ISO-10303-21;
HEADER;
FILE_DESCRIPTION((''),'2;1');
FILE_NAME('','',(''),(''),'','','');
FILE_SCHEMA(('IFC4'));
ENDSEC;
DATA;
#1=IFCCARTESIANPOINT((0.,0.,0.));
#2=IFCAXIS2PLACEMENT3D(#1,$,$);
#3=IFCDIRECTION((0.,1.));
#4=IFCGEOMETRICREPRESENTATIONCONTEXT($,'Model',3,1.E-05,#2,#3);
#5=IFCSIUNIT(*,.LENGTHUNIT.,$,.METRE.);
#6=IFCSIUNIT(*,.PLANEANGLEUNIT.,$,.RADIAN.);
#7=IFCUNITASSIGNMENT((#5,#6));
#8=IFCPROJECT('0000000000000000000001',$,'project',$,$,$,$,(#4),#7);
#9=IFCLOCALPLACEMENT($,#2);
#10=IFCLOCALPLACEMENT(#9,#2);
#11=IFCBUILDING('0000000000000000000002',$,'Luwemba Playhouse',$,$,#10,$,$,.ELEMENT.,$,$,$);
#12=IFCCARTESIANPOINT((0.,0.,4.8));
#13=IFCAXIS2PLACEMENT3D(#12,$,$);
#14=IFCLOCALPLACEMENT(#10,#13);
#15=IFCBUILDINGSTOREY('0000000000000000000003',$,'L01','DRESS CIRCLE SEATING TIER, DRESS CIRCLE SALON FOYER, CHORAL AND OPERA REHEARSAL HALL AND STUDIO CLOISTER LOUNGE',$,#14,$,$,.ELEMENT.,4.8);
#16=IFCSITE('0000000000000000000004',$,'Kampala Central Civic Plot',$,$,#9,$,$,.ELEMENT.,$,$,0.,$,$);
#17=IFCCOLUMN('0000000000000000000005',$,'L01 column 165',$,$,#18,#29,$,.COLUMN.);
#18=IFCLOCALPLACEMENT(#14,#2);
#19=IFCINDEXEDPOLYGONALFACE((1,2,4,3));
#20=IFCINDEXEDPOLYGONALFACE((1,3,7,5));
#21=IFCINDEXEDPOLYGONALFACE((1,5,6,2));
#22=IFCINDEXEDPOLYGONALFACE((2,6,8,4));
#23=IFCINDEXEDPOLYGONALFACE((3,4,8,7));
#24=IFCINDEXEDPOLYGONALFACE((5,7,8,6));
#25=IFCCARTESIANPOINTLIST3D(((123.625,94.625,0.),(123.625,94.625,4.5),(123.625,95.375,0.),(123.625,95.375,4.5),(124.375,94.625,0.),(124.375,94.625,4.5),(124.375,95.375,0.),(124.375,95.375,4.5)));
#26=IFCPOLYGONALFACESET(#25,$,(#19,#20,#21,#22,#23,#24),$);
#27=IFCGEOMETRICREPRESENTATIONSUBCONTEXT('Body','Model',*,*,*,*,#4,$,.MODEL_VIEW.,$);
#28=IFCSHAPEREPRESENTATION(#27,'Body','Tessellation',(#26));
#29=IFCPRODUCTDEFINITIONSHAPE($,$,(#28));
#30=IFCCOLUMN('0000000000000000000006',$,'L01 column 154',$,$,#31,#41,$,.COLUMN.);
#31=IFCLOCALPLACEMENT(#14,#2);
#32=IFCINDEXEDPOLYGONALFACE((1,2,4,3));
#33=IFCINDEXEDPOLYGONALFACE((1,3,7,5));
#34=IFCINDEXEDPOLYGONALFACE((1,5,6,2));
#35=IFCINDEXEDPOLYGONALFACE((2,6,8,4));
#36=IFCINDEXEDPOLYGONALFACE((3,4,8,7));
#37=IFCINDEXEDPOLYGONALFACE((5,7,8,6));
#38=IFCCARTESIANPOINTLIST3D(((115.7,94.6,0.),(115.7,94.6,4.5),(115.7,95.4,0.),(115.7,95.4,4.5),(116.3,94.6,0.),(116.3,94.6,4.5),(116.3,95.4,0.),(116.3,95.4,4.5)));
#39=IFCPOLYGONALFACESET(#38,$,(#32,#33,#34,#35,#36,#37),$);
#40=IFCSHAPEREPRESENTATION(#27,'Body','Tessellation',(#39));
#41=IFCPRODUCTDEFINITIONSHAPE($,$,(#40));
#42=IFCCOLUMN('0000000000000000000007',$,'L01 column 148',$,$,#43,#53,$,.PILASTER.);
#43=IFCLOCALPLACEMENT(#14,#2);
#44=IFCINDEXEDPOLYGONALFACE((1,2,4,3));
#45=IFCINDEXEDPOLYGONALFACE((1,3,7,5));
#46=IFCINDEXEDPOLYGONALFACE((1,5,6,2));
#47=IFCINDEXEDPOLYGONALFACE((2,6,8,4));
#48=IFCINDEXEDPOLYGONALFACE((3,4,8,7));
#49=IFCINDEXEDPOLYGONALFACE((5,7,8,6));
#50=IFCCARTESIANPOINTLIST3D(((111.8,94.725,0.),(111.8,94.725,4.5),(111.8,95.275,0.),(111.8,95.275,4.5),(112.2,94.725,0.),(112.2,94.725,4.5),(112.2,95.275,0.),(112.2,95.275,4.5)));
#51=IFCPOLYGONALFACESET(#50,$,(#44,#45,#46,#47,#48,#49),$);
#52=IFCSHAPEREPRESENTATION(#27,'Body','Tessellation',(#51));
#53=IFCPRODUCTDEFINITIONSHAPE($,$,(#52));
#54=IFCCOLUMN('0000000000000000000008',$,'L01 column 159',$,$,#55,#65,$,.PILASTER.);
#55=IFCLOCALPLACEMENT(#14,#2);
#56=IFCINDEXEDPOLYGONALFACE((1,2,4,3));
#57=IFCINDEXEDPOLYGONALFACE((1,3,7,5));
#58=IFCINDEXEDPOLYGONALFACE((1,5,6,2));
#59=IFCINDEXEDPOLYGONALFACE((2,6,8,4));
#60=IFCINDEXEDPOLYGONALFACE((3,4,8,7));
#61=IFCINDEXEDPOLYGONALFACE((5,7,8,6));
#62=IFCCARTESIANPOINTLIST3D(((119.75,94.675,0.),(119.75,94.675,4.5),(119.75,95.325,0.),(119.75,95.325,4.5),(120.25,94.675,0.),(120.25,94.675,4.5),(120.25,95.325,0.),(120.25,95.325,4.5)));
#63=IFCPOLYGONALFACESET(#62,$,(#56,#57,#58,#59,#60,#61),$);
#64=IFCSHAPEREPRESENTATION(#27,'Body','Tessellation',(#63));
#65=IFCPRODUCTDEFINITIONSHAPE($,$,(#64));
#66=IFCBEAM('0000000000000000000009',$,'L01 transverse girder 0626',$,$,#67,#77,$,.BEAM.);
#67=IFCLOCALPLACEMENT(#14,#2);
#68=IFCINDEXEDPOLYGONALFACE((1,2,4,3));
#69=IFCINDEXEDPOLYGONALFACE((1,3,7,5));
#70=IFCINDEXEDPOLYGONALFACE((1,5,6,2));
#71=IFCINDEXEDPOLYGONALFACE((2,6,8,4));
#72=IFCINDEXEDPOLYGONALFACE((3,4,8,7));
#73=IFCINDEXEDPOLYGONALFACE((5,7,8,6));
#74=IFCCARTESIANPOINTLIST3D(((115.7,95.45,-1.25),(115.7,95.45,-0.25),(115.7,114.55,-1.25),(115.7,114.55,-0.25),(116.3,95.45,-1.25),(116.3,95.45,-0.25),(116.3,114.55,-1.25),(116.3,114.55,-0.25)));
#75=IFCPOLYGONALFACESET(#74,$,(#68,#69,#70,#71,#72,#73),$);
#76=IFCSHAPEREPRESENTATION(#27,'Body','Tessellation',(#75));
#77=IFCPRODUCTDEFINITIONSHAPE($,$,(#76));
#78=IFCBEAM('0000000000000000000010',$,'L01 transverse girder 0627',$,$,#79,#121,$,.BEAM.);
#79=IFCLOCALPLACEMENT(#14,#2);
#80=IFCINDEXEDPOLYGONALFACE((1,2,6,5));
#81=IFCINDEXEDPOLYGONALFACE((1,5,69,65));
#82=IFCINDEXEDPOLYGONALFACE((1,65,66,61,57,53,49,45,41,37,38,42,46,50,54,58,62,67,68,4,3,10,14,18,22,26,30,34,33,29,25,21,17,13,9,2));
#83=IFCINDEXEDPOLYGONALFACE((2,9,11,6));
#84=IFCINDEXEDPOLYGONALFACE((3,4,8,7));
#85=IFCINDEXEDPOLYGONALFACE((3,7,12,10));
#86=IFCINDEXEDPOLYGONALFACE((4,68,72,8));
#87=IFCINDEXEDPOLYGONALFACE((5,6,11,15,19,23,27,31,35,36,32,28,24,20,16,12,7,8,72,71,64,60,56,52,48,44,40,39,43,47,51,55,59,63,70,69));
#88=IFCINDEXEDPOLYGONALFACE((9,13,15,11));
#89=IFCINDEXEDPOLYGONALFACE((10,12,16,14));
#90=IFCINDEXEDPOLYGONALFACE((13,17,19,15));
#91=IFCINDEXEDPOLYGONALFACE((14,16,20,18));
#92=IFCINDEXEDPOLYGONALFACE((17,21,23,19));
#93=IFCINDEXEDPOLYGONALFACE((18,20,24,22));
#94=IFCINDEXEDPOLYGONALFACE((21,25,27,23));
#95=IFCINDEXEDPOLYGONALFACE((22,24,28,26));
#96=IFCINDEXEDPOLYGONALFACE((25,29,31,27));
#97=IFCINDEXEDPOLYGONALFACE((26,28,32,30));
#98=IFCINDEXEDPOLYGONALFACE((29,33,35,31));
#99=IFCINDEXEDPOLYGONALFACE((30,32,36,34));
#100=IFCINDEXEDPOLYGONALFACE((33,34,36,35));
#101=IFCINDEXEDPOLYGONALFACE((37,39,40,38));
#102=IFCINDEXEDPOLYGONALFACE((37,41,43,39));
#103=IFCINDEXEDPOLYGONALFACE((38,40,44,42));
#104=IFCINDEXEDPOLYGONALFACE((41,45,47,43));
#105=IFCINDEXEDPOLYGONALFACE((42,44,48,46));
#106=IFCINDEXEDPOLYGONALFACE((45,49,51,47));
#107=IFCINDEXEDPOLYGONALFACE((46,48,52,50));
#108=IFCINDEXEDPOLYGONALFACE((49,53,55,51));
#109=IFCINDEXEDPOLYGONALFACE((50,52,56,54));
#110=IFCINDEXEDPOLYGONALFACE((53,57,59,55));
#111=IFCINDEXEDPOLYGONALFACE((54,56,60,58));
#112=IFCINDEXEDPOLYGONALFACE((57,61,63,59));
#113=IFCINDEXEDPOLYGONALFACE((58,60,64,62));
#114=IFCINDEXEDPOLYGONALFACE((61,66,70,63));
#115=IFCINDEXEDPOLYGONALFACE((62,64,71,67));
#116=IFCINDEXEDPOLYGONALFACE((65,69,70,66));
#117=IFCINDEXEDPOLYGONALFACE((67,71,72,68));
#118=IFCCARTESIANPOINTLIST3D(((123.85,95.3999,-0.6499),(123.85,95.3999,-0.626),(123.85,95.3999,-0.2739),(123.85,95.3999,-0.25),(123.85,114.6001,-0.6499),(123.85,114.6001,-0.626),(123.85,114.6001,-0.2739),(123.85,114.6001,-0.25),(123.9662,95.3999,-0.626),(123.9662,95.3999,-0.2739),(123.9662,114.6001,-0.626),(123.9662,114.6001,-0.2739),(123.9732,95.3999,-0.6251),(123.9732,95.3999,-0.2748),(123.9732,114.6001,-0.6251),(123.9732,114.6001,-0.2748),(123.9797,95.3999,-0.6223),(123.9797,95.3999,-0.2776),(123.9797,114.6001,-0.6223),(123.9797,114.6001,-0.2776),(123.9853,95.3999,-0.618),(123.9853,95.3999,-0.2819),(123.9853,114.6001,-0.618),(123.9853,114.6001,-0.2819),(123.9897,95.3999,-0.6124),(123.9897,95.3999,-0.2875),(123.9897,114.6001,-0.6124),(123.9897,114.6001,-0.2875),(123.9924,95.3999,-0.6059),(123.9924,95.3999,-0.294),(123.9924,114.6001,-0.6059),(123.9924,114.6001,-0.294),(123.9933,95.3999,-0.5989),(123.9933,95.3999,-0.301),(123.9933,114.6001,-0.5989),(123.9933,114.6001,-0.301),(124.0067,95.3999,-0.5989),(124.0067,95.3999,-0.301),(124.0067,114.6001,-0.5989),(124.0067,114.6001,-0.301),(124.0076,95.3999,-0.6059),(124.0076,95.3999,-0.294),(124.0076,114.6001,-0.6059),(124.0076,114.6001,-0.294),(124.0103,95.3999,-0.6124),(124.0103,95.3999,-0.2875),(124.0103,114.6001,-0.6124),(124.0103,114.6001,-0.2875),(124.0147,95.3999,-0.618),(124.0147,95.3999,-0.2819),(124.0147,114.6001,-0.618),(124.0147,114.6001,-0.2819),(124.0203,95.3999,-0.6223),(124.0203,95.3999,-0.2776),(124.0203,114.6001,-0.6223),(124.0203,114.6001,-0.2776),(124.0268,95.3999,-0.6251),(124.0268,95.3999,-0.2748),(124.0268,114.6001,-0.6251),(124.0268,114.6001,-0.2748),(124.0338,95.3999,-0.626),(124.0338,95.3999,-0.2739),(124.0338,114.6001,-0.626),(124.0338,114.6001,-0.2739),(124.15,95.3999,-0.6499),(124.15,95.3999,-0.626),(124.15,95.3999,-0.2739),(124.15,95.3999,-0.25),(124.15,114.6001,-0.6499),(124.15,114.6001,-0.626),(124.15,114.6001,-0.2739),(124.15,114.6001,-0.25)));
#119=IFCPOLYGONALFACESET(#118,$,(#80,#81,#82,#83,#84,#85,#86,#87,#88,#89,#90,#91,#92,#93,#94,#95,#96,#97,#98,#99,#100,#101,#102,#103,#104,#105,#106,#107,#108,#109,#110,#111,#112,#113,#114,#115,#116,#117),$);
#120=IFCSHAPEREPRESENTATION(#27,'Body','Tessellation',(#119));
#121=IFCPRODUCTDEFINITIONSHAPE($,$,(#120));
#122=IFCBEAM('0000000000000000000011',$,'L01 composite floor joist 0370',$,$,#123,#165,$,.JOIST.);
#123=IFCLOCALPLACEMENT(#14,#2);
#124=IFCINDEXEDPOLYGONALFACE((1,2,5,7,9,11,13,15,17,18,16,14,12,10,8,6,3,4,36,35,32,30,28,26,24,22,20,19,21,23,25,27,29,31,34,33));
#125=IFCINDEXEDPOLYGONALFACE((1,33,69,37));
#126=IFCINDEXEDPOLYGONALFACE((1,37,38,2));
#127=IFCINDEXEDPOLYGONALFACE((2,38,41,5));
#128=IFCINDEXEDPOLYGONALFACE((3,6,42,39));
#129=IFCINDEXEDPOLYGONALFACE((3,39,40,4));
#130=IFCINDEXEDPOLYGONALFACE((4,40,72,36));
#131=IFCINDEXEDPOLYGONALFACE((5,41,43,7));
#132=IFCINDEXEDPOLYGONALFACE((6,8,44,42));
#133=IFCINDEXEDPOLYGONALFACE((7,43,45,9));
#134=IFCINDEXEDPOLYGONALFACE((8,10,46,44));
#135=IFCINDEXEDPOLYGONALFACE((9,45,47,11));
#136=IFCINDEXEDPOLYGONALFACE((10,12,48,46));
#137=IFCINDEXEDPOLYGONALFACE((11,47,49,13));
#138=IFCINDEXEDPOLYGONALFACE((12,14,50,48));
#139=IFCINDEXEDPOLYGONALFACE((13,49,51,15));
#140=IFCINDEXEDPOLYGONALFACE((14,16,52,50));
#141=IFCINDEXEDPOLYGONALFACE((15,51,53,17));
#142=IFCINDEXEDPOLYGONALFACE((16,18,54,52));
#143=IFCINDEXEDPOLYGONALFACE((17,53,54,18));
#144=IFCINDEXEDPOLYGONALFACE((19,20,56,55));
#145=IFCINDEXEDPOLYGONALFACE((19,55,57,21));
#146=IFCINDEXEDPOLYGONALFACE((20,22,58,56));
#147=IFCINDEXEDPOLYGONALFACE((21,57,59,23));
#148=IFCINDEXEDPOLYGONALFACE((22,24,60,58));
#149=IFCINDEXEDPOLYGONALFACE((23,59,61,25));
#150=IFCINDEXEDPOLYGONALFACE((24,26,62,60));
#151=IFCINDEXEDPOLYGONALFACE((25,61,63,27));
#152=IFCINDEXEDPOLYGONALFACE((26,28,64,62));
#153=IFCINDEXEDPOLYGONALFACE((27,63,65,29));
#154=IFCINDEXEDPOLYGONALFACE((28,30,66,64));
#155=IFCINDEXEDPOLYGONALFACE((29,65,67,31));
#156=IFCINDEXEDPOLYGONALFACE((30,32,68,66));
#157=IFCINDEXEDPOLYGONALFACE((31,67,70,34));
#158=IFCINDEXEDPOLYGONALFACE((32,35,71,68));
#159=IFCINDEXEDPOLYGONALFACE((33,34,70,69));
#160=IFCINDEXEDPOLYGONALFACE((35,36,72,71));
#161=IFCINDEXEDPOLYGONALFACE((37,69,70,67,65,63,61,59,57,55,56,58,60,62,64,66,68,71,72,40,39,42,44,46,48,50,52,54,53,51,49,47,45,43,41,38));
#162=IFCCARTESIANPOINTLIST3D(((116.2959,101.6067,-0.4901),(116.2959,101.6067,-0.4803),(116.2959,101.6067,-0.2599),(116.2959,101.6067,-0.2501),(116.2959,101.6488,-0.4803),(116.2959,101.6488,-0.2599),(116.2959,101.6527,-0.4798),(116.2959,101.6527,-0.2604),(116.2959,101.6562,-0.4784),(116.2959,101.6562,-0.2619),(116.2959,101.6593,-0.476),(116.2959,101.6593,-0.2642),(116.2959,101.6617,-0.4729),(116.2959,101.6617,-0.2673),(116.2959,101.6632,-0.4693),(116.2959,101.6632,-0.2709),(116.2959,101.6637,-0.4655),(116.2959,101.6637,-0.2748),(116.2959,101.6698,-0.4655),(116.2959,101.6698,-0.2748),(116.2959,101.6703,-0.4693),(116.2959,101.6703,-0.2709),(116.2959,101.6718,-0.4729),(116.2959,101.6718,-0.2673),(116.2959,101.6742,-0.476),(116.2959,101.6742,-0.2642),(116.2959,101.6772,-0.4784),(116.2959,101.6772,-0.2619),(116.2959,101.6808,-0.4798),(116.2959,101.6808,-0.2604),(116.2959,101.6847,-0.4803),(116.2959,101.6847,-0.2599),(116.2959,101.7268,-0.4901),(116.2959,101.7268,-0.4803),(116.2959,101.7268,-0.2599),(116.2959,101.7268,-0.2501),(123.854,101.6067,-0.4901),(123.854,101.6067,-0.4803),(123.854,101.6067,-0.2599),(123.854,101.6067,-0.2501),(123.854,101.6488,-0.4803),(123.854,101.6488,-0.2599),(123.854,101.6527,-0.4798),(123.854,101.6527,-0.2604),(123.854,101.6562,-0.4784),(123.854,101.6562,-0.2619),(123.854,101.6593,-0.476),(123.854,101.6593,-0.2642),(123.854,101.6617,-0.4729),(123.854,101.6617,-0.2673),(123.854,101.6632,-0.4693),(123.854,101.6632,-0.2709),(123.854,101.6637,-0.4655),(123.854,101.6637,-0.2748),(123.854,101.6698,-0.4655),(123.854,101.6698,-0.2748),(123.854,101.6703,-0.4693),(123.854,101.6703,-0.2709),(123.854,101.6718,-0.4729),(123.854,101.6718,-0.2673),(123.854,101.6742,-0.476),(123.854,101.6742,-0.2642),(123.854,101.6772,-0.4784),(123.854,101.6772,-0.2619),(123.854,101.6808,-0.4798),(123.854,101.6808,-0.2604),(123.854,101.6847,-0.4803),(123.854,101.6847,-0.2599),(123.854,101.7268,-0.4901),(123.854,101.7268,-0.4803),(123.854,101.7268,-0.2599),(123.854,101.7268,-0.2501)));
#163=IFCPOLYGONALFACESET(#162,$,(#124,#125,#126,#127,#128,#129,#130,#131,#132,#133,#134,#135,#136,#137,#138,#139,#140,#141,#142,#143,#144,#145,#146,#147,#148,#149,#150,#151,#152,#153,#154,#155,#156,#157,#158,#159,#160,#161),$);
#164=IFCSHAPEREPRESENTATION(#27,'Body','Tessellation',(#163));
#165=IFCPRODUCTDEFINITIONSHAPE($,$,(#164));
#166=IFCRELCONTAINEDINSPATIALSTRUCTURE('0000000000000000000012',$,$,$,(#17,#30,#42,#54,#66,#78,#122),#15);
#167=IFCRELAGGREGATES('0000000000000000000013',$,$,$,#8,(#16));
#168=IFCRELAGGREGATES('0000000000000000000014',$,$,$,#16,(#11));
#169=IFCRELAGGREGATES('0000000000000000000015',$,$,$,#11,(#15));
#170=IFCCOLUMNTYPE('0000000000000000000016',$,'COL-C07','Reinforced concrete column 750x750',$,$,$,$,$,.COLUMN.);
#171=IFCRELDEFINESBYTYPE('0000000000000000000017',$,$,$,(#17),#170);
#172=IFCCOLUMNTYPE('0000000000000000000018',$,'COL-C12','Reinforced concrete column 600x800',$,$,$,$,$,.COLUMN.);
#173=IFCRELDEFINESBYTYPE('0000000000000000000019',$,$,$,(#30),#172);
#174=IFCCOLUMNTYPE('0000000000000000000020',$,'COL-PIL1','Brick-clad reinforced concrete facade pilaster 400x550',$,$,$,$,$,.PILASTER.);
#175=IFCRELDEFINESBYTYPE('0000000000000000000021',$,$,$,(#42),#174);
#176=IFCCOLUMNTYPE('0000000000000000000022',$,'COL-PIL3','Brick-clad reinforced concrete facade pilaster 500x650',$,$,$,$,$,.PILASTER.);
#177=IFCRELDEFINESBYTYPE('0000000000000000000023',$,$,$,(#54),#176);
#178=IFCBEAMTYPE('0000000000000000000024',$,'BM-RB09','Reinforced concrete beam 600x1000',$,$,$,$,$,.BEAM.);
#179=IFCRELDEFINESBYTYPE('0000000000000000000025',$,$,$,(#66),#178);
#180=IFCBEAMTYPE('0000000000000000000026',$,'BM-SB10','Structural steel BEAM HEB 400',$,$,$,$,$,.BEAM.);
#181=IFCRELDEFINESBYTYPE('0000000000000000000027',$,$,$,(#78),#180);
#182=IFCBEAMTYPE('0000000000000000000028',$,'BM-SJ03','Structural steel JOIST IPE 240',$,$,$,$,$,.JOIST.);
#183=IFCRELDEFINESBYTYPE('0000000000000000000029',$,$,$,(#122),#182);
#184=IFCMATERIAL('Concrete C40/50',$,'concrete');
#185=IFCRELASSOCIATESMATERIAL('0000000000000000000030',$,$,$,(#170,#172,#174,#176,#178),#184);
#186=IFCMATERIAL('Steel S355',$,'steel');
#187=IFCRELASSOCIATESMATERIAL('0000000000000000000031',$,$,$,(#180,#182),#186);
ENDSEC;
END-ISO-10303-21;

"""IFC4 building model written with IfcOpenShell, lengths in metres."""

from ifc_helpers import new_model, si_unit, direction, frame, origin, origin_2d, place, context, subcontext, project, spatial, rectangle, i_section, extrude, material, material_profile, profile_set, type_object, element, save


model = new_model("IFC4")

# Units and contexts
model_context = context("Model", 3, precision=1e-05, world=origin(), true_north=direction((0.0, 1.0)))
body_context = subcontext(model_context, "Body", "Model", "MODEL_VIEW")
ifc_project = project(units=[si_unit("LENGTHUNIT", "METRE"), si_unit("PLANEANGLEUNIT", "RADIAN")], contexts=[model_context])

# Site, building, storey
site_placement = place(None, origin())
site = spatial("IfcSite", under=ifc_project, at=site_placement, Name="Kampala Central Civic Plot", CompositionType="ELEMENT", RefElevation=0.0)
building_placement = place(site_placement, origin())
building = spatial("IfcBuilding", under=site, at=building_placement, Name="Luwemba Playhouse", CompositionType="ELEMENT")
storey_placement = place(building_placement, frame((0.0, 0.0, 4.8)))
storey = spatial("IfcBuildingStorey", under=building, at=storey_placement, Name="L01", Description="DRESS CIRCLE SEATING TIER, DRESS CIRCLE SALON FOYER, CHORAL AND OPERA REHEARSAL HALL AND STUDIO CLOISTER LOUNGE", CompositionType="ELEMENT", Elevation=4.8)

# Columns
ifc_material_1 = material(Name="Concrete C40/50", Category="concrete")
ifc_material_profile_1 = material_profile(ifc_material_1, rectangle(XDim=0.75, YDim=0.75, at=origin_2d()))
ifc_profile_set_1 = profile_set([ifc_material_profile_1], Name="Concrete C40/50")
column_type_1 = type_object("IfcColumnType", Name="COL-C07", Description="Reinforced concrete column 750x750", PredefinedType="COLUMN", material=ifc_profile_set_1)
column_1_placement = place(storey_placement, frame((124.0, 95.0, 0.0), z_axis=(0.0, 0.0, 1.0), x_axis=(1.0, 0.0, 0.0)))
element("IfcColumn", 1, at=column_1_placement, inside=storey, type_object=column_type_1, Name="L01 column 165", PredefinedType="COLUMN", context=body_context, shape_type="SweptSolid", body=[
    extrude(rectangle(XDim=0.75, YDim=0.75, at=origin_2d()), origin(), (0.0, 0.0, 1.0), 4.5),
])
ifc_material_profile_2 = material_profile(ifc_material_1, rectangle(XDim=0.6001, YDim=0.8, at=origin_2d()))
ifc_profile_set_2 = profile_set([ifc_material_profile_2], Name="Concrete C40/50")
column_type_2 = type_object("IfcColumnType", Name="COL-C12", Description="Reinforced concrete column 600x800", PredefinedType="COLUMN", material=ifc_profile_set_2)
column_2_placement = place(storey_placement, frame((116.0, 95.0, 0.0), z_axis=(0.0, 0.0, 1.0), x_axis=(1.0, 0.0, 0.0)))
element("IfcColumn", 2, at=column_2_placement, inside=storey, type_object=column_type_2, Name="L01 column 154", PredefinedType="COLUMN", context=body_context, shape_type="SweptSolid", body=[
    extrude(rectangle(XDim=0.6001, YDim=0.8, at=origin_2d()), origin(), (0.0, 0.0, 1.0), 4.5),
])
ifc_material_profile_3 = material_profile(ifc_material_1, rectangle(XDim=0.3999, YDim=0.55, at=origin_2d()))
ifc_profile_set_3 = profile_set([ifc_material_profile_3], Name="Concrete C40/50")
column_type_3 = type_object("IfcColumnType", Name="COL-PIL1", Description="Brick-clad reinforced concrete facade pilaster 400x550", PredefinedType="PILASTER", material=ifc_profile_set_3)
column_3_placement = place(storey_placement, frame((112.0, 95.0, 0.0), z_axis=(0.0, 0.0, 1.0), x_axis=(1.0, 0.0, 0.0)))
element("IfcColumn", 3, at=column_3_placement, inside=storey, type_object=column_type_3, Name="L01 column 148", PredefinedType="PILASTER", context=body_context, shape_type="SweptSolid", body=[
    extrude(rectangle(XDim=0.3999, YDim=0.55, at=origin_2d()), origin(), (0.0, 0.0, 1.0), 4.5),
])
ifc_material_profile_4 = material_profile(ifc_material_1, rectangle(XDim=0.5, YDim=0.6499, at=origin_2d()))
ifc_profile_set_4 = profile_set([ifc_material_profile_4], Name="Concrete C40/50")
column_type_4 = type_object("IfcColumnType", Name="COL-PIL3", Description="Brick-clad reinforced concrete facade pilaster 500x650", PredefinedType="PILASTER", material=ifc_profile_set_4)
column_4_placement = place(storey_placement, frame((120.0, 95.0, 0.0), z_axis=(0.0, 0.0, 1.0), x_axis=(1.0, 0.0, 0.0)))
element("IfcColumn", 4, at=column_4_placement, inside=storey, type_object=column_type_4, Name="L01 column 159", PredefinedType="PILASTER", context=body_context, shape_type="SweptSolid", body=[
    extrude(rectangle(XDim=0.5, YDim=0.6499, at=origin_2d()), origin(), (0.0, 0.0, 1.0), 4.5),
])

# Beams
ifc_material_profile_5 = material_profile(ifc_material_1, rectangle(XDim=0.6001, YDim=1.0, at=origin_2d()))
ifc_profile_set_5 = profile_set([ifc_material_profile_5], Name="Concrete C40/50")
beam_type_1 = type_object("IfcBeamType", Name="BM-RB09", Description="Reinforced concrete beam 600x1000", PredefinedType="BEAM", material=ifc_profile_set_5)
beam_1_placement = place(storey_placement, frame((116.0, 95.45, -0.75), z_axis=(0.0, 1.0, 0.0), x_axis=(-1.0, 0.0, 0.0)))
element("IfcBeam", 5, at=beam_1_placement, inside=storey, type_object=beam_type_1, Name="L01 transverse girder 0626", PredefinedType="BEAM", context=body_context, shape_type="SweptSolid", body=[
    extrude(rectangle(XDim=0.6001, YDim=1.0, at=origin_2d()), origin(), (0.0, 0.0, 1.0), 19.1001),
])
ifc_material_2 = material(Name="Steel S355", Category="steel")
ifc_material_profile_6 = material_profile(ifc_material_2, i_section(OverallWidth=0.3, OverallDepth=0.3999, WebThickness=0.0134, FlangeThickness=0.0239, FilletRadius=0.0271, at=origin_2d()))
ifc_profile_set_6 = profile_set([ifc_material_profile_6], Name="Steel S355")
beam_type_2 = type_object("IfcBeamType", Name="BM-SB10", Description="Structural steel BEAM HEB 400", PredefinedType="BEAM", material=ifc_profile_set_6)
beam_2_placement = place(storey_placement, frame((124.0, 95.3999, -0.45), z_axis=(0.0, 1.0, 0.0), x_axis=(-1.0, 0.0, 0.0)))
element("IfcBeam", 6, at=beam_2_placement, inside=storey, type_object=beam_type_2, Name="L01 transverse girder 0627", PredefinedType="BEAM", context=body_context, shape_type="SweptSolid", body=[
    extrude(i_section(OverallWidth=0.3, OverallDepth=0.3999, WebThickness=0.0134, FlangeThickness=0.0239, FilletRadius=0.0271, at=origin_2d()), origin(), (0.0, 0.0, 1.0), 19.2002),
])
ifc_material_profile_7 = material_profile(ifc_material_2, i_section(OverallWidth=0.1201, OverallDepth=0.24, WebThickness=0.0061, FlangeThickness=0.0098, FilletRadius=0.0149, at=origin_2d()))
ifc_profile_set_7 = profile_set([ifc_material_profile_7], Name="Steel S355")
beam_type_3 = type_object("IfcBeamType", Name="BM-SJ03", Description="Structural steel JOIST IPE 240", PredefinedType="JOIST", material=ifc_profile_set_7)
beam_3_placement = place(storey_placement, frame((116.2959, 101.6667, -0.3701), z_axis=(1.0, 0.0, 0.0), x_axis=(0.0, 1.0, 0.0)))
element("IfcBeam", 7, at=beam_3_placement, inside=storey, type_object=beam_type_3, Name="L01 composite floor joist 0370", PredefinedType="JOIST", context=body_context, shape_type="SweptSolid", body=[
    extrude(i_section(OverallWidth=0.1201, OverallDepth=0.24, WebThickness=0.0061, FlangeThickness=0.0098, FilletRadius=0.0149, at=origin_2d()), origin(), (0.0, 0.0, 1.0), 7.5581),
])

save(model, "model.ifc")
